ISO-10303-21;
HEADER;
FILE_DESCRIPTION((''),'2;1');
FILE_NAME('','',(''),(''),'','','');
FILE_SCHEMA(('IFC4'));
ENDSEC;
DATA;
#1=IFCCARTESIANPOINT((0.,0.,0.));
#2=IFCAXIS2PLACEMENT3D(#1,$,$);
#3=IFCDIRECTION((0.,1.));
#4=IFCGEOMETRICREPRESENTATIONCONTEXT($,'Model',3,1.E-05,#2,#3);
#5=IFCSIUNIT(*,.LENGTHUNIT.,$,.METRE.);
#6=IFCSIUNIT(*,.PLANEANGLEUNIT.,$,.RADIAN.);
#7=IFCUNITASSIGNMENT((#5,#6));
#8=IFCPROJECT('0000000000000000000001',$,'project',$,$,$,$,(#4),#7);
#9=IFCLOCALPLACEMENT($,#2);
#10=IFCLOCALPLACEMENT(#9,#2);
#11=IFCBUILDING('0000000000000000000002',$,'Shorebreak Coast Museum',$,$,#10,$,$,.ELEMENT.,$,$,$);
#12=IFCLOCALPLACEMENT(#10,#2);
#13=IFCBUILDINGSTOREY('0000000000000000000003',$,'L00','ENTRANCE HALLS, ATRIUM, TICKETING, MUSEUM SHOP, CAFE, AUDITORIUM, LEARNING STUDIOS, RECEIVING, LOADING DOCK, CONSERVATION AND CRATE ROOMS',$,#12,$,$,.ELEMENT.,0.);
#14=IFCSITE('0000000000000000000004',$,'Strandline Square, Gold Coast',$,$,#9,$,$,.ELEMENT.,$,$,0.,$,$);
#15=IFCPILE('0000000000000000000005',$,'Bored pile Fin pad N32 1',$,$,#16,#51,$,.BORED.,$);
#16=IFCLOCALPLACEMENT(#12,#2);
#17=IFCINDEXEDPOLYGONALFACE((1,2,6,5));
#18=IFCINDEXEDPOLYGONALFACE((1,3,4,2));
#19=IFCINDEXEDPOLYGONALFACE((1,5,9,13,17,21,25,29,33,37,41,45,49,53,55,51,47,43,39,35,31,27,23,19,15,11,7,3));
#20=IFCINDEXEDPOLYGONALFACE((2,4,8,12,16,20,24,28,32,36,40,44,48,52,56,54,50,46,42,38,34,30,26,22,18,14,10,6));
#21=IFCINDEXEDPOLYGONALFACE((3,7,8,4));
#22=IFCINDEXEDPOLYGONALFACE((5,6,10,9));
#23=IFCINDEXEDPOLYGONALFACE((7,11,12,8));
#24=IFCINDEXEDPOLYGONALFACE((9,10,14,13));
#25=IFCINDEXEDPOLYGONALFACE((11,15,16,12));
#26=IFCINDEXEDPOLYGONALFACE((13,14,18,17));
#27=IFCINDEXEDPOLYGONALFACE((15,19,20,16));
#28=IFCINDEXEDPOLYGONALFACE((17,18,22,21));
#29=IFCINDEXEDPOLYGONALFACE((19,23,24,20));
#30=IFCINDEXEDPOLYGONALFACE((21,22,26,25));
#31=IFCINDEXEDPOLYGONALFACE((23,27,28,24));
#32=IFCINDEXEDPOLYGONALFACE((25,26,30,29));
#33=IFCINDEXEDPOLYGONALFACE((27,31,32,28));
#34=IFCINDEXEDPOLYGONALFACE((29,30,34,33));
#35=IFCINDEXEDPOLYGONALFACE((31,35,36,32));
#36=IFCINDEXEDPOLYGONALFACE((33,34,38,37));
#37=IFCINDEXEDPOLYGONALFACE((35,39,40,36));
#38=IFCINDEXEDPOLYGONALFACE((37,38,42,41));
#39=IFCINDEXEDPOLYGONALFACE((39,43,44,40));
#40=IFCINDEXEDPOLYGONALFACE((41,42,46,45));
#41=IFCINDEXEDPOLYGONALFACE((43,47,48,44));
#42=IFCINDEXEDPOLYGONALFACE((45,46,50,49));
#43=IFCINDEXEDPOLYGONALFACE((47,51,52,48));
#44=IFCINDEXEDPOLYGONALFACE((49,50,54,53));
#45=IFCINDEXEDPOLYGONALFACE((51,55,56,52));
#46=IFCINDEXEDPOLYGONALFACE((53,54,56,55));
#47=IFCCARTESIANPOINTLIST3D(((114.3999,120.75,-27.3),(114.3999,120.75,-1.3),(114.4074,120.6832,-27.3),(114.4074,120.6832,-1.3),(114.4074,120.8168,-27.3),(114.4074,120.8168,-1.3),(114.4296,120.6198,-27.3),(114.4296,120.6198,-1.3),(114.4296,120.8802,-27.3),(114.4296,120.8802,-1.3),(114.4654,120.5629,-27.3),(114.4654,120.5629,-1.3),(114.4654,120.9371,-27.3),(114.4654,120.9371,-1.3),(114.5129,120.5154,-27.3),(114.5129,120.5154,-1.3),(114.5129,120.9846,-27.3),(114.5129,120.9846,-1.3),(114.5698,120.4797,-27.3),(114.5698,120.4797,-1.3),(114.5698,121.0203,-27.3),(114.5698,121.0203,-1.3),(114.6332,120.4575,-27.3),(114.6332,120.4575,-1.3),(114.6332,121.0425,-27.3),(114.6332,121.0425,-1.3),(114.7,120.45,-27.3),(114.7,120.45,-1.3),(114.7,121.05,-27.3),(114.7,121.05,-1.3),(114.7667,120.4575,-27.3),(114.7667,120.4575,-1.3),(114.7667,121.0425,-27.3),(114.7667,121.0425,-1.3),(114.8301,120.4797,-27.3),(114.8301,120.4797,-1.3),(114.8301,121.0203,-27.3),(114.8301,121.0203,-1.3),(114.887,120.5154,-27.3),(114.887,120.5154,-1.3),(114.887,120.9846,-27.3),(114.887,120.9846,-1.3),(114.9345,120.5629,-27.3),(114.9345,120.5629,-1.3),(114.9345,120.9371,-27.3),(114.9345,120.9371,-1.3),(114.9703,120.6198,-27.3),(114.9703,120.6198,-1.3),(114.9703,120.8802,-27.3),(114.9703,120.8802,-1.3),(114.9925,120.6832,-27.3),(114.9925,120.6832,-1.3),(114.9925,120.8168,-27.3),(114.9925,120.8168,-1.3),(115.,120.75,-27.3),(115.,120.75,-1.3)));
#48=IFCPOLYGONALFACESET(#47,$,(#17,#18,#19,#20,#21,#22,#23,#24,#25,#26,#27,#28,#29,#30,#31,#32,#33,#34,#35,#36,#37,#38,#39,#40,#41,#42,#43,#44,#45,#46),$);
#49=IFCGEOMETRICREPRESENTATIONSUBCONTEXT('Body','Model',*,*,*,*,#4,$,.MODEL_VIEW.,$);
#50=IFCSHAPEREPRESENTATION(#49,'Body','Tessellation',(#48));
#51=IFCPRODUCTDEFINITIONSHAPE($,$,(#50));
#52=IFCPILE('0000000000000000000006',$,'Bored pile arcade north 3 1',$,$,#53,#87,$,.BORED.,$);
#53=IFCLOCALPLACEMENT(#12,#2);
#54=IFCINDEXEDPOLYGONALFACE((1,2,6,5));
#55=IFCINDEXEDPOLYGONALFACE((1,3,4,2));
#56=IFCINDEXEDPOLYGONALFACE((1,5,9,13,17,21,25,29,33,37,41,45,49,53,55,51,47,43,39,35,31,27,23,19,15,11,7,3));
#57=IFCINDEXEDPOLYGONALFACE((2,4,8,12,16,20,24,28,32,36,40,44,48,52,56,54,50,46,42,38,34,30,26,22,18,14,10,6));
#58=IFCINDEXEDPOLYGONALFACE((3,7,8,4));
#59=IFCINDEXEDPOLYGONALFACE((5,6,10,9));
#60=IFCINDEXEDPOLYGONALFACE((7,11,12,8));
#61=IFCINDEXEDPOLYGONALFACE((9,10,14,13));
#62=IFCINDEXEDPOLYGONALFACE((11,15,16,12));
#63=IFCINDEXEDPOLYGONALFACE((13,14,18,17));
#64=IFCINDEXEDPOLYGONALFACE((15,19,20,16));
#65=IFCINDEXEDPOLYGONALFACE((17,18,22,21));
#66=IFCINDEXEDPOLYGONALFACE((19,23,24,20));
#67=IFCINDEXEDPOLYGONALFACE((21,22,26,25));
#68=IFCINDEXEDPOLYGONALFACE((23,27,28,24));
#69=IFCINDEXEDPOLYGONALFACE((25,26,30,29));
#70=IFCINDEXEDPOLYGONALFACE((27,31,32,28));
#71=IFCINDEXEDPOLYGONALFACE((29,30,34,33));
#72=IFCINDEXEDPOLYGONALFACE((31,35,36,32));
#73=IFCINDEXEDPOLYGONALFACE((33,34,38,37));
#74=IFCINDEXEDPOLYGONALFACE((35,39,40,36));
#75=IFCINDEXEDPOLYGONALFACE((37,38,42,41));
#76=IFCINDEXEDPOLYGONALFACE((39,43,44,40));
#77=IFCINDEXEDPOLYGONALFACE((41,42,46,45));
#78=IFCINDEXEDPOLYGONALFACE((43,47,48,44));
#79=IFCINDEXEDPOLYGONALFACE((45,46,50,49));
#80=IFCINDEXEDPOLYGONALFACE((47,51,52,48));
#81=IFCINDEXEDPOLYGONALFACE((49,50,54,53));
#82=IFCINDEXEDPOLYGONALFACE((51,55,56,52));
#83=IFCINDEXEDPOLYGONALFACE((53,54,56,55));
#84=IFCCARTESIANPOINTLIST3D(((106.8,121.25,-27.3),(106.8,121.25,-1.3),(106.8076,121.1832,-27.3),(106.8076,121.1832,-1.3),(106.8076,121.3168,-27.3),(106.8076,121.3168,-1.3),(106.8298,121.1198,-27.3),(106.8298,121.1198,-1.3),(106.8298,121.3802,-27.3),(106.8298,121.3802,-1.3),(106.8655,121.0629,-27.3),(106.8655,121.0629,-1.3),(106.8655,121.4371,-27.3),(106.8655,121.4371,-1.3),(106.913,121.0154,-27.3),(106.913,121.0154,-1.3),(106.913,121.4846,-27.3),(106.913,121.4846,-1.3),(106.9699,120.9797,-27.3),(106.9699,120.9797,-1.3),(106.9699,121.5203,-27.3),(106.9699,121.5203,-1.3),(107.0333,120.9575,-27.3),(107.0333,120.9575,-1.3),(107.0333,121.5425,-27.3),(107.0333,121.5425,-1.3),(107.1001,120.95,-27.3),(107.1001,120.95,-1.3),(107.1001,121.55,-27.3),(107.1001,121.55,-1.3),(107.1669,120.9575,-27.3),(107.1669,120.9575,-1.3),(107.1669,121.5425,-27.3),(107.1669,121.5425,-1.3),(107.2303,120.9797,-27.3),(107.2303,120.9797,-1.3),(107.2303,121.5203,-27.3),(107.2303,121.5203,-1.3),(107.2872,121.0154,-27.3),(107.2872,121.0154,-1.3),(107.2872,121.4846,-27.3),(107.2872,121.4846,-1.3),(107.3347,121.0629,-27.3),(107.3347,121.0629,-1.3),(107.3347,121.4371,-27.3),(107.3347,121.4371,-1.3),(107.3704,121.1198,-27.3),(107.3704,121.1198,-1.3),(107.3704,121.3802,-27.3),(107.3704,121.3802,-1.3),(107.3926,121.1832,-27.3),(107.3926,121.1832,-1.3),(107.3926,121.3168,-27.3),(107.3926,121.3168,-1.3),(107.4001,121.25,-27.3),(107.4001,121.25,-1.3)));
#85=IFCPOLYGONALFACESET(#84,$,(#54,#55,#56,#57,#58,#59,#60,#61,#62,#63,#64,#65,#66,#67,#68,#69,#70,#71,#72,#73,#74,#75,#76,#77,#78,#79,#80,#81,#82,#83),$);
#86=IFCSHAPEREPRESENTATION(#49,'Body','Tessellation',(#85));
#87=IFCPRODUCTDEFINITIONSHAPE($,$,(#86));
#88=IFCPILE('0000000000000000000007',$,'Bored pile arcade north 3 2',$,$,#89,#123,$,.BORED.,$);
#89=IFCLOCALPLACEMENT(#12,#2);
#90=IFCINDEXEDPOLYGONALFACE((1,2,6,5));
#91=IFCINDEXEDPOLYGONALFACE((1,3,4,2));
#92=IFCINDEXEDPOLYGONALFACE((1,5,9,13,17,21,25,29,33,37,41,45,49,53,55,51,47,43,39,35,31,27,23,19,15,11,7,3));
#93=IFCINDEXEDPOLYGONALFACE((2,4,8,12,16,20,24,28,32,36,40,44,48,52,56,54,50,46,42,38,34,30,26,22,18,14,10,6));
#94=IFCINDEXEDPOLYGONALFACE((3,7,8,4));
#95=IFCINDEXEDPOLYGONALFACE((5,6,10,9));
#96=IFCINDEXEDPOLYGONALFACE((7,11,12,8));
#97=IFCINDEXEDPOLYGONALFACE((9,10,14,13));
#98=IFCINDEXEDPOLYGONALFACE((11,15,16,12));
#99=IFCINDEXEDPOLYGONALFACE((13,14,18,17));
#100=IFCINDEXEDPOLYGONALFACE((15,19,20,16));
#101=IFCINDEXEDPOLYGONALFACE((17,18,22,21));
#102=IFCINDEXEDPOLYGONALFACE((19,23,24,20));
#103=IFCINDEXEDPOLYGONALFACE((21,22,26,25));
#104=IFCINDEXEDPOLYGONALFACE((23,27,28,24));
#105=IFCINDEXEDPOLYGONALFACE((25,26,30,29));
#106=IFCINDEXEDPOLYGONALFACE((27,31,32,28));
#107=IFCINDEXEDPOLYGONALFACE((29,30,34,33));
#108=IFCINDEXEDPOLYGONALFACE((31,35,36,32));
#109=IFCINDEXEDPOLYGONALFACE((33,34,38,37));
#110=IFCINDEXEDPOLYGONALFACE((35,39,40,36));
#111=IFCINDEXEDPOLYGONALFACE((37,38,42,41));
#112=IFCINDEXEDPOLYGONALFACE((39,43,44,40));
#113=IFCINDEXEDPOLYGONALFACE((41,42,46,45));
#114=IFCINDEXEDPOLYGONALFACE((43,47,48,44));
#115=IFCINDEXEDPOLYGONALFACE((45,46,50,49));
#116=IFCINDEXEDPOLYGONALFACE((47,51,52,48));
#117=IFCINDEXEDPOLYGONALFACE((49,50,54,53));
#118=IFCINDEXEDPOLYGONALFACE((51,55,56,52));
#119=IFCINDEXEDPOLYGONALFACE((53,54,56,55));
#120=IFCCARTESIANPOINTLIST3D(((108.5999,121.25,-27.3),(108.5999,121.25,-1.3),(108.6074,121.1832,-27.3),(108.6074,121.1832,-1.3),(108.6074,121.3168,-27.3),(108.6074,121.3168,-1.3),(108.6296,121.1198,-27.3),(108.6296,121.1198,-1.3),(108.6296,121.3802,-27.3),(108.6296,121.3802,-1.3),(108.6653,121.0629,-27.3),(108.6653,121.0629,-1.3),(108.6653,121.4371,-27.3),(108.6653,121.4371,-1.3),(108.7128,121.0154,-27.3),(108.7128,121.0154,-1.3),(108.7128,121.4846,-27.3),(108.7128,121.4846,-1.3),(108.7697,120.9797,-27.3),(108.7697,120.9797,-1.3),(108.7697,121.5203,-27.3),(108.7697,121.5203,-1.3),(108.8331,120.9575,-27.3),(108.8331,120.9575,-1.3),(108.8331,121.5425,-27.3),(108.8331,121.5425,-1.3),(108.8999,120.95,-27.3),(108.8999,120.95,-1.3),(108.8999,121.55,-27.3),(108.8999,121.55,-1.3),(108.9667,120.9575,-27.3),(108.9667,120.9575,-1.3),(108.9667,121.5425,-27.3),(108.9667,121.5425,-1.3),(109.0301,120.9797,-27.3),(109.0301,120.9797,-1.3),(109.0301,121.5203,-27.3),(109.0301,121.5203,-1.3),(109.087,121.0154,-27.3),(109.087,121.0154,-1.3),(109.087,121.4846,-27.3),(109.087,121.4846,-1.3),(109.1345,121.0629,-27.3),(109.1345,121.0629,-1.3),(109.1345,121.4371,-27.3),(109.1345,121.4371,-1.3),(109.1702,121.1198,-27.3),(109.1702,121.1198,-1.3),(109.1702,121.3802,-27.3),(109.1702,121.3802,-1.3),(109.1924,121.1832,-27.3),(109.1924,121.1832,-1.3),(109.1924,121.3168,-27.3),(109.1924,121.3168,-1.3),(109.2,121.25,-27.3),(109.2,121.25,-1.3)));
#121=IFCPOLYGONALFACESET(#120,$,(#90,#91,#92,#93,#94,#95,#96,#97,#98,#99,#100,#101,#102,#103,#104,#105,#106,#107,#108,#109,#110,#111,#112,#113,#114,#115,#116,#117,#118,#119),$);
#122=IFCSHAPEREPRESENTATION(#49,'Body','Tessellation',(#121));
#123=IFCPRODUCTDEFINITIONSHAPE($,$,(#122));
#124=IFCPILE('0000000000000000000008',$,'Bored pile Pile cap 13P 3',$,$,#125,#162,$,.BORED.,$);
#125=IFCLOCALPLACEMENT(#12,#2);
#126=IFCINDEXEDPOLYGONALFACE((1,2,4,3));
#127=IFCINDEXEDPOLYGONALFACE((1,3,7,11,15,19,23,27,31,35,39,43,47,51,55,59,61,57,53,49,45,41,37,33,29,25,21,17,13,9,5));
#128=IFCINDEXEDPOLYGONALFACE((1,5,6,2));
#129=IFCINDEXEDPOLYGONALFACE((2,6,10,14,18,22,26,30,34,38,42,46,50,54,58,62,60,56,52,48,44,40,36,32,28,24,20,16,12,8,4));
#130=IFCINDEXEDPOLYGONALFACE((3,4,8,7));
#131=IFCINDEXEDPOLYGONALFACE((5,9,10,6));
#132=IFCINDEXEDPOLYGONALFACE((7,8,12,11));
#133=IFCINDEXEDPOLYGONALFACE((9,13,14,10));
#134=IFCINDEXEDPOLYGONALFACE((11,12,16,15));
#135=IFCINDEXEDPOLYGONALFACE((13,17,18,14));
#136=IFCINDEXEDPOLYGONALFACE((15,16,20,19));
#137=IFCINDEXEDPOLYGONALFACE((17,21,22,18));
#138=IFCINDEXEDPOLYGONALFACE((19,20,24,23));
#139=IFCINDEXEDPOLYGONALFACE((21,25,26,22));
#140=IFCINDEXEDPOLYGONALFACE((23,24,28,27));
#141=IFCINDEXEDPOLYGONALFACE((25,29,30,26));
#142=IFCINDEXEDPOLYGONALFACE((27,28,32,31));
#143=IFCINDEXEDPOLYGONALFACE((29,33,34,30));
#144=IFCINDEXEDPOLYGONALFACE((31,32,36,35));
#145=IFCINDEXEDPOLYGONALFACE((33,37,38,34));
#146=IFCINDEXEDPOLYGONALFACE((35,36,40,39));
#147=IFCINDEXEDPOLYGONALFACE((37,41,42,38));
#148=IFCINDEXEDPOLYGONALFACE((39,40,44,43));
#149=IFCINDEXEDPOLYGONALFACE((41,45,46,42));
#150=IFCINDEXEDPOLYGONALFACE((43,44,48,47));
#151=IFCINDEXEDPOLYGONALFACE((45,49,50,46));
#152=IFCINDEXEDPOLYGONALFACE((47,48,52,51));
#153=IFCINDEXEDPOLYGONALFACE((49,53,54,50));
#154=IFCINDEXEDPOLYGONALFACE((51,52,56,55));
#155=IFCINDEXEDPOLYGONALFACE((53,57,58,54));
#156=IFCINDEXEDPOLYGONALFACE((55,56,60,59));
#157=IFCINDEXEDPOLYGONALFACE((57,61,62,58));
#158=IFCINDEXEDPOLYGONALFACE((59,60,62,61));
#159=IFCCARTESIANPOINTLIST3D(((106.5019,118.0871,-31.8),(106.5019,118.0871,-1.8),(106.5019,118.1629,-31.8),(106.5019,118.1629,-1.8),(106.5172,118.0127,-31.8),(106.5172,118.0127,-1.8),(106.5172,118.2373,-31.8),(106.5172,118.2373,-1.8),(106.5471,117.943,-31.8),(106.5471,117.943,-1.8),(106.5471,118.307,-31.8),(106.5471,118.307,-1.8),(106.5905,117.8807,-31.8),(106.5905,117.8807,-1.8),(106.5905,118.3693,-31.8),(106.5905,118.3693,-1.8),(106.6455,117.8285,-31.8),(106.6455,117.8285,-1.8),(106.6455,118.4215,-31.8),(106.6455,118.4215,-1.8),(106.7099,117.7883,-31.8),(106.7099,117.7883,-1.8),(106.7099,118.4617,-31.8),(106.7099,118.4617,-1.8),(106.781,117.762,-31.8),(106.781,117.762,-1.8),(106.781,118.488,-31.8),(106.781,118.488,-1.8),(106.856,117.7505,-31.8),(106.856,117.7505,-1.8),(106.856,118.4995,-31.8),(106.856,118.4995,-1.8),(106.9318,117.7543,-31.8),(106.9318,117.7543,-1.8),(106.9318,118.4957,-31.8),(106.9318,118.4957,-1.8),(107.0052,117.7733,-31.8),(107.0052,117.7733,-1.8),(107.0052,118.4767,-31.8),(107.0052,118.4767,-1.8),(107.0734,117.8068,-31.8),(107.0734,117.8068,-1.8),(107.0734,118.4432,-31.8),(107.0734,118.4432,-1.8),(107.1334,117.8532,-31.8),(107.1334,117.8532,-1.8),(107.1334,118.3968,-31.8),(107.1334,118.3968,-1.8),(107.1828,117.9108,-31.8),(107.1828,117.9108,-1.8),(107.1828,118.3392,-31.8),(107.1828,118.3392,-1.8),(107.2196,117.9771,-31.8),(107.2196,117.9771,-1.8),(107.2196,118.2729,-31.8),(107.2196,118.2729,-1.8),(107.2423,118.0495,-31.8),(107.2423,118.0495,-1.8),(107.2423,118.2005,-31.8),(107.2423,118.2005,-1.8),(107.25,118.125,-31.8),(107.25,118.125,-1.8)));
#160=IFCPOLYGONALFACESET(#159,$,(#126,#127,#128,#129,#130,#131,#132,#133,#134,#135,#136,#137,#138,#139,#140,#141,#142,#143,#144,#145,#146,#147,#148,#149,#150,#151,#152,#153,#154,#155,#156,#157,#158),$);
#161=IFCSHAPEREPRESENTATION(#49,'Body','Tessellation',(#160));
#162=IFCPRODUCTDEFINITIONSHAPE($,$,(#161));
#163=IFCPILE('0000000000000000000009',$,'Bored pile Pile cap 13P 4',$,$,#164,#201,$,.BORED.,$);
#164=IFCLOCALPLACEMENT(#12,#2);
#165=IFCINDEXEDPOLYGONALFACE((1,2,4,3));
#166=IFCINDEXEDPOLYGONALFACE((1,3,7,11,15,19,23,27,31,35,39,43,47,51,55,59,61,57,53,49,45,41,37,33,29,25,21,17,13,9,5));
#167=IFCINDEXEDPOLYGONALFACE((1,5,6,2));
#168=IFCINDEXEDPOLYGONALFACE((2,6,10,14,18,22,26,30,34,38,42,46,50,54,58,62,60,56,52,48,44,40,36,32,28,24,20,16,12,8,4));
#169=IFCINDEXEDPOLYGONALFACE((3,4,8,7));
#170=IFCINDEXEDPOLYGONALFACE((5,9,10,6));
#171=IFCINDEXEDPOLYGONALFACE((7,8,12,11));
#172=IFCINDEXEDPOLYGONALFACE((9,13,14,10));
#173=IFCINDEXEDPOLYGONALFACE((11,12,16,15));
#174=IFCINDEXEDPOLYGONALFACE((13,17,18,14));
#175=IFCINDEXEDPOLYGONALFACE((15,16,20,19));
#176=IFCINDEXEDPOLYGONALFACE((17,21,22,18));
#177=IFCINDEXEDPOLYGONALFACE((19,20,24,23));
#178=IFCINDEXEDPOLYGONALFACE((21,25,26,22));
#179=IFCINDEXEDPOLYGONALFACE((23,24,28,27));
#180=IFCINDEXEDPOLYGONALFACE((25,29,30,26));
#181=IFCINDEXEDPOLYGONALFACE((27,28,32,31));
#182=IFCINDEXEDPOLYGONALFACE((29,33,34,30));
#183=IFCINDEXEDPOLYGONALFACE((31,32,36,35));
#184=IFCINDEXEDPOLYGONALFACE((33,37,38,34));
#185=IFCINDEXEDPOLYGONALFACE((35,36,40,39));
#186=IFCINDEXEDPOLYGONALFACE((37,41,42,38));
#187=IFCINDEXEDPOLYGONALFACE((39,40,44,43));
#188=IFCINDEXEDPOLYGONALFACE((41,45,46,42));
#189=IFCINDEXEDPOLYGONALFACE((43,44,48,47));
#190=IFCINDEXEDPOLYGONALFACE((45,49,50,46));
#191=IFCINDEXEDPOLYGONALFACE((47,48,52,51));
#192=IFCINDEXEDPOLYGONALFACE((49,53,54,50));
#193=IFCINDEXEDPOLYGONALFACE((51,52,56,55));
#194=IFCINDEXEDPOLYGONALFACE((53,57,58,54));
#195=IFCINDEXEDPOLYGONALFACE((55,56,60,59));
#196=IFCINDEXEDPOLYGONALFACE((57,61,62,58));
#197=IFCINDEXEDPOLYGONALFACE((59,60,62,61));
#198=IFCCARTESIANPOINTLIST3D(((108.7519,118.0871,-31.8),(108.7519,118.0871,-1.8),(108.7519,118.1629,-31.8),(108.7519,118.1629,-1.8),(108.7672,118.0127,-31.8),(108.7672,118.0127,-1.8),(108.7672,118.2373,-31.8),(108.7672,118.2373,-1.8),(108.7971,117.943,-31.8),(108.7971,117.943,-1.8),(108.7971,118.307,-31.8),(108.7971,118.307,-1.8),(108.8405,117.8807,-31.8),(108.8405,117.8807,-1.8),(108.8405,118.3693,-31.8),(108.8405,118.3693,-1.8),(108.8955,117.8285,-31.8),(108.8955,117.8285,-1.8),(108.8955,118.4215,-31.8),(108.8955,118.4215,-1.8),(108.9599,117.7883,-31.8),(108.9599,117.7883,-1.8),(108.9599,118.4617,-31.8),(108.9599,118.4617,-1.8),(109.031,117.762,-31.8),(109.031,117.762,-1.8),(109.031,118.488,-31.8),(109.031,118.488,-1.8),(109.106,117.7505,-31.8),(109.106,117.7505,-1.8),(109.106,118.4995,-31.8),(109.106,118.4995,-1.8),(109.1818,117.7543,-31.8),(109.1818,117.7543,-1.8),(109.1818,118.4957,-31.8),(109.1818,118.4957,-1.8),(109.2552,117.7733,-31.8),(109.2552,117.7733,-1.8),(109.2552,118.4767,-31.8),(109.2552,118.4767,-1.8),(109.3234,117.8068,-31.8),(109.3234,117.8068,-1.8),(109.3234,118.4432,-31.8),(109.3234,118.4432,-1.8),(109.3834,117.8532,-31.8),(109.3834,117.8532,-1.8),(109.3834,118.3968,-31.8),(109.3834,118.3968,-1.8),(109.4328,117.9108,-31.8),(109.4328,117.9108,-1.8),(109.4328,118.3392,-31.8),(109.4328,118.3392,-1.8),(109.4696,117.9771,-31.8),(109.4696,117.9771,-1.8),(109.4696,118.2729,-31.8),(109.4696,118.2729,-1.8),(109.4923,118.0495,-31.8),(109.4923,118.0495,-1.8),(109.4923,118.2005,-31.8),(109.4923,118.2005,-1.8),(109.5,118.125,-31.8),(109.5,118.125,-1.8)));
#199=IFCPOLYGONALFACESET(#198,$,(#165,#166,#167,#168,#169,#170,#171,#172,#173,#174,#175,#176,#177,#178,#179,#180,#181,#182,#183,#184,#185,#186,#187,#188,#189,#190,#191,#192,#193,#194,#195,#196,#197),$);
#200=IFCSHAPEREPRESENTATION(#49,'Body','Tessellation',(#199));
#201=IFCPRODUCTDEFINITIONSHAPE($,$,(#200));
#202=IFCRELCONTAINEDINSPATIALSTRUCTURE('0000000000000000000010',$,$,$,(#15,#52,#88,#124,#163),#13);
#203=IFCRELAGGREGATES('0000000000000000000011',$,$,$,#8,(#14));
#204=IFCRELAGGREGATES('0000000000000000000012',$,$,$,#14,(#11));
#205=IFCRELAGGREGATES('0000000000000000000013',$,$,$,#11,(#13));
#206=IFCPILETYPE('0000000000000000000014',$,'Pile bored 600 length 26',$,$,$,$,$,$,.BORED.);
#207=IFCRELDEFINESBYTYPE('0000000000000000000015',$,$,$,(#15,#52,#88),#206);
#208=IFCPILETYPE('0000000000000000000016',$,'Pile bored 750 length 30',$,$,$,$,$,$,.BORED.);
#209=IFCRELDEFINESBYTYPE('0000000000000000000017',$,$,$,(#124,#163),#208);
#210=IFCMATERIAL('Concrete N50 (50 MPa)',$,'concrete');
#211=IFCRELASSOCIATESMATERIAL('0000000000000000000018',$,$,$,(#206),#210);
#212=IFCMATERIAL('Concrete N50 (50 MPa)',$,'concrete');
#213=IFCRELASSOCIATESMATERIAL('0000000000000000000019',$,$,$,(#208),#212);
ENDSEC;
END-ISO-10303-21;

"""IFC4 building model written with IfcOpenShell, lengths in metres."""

from ifc_helpers import new_model, si_unit, direction, frame, origin, origin_2d, place, context, subcontext, project, spatial, circle, extrude, material, material_profile, profile_set, type_object, element, save


model = new_model("IFC4")

# Units and contexts
model_context = context("Model", 3, precision=1e-05, world=origin(), true_north=direction((0.0, 1.0)))
body_context = subcontext(model_context, "Body", "Model", "MODEL_VIEW")
ifc_project = project(units=[si_unit("LENGTHUNIT", "METRE"), si_unit("PLANEANGLEUNIT", "RADIAN")], contexts=[model_context])

# Site, building, storey
site_placement = place(None, origin())
site = spatial("IfcSite", under=ifc_project, at=site_placement, Name="Strandline Square, Gold Coast", CompositionType="ELEMENT", RefElevation=0.0)
building_placement = place(site_placement, origin())
building = spatial("IfcBuilding", under=site, at=building_placement, Name="Shorebreak Coast Museum", CompositionType="ELEMENT")
storey_placement = place(building_placement, origin())
storey = spatial("IfcBuildingStorey", under=building, at=storey_placement, Name="L00", Description="ENTRANCE HALLS, ATRIUM, TICKETING, MUSEUM SHOP, CAFE, AUDITORIUM, LEARNING STUDIOS, RECEIVING, LOADING DOCK, CONSERVATION AND CRATE ROOMS", CompositionType="ELEMENT", Elevation=0.0)

# Piles
ifc_material_1 = material(Name="Concrete N50 (50 MPa)", Category="concrete")
ifc_material_profile_1 = material_profile(ifc_material_1, circle(Radius=0.3, at=origin_2d()), Name="Pile bored 600 length 26")
ifc_profile_set_1 = profile_set([ifc_material_profile_1], Name="Concrete N50 (50 MPa)")
pile_type_1 = type_object("IfcPileType", Name="Pile bored 600 length 26", PredefinedType="BORED", material=ifc_profile_set_1)
for number, where, z_axis, x_axis, name in (
    (1, (114.7, 120.75, -1.3), (0.0, 0.0, -1.0), (1.0, 0.0, 0.0), "Bored pile Fin pad N32 1"),
    (2, (107.1001, 121.25, -1.3), (0.0, 0.0, -1.0), (1.0, 0.0, 0.0), "Bored pile arcade north 3 1"),
    (3, (108.8999, 121.25, -1.3), (0.0, 0.0, -1.0), (1.0, 0.0, 0.0), "Bored pile arcade north 3 2"),
):
    element("IfcPile", number, at=place(storey_placement, frame(where, z_axis=z_axis, x_axis=x_axis)), inside=storey, type_object=pile_type_1, Name=name, PredefinedType="BORED", context=body_context, shape_type="SweptSolid", body=[
        extrude(circle(Radius=0.3, at=origin_2d()), origin(), (0.0, 0.0, 1.0), 26.0),
    ])
ifc_material_2 = material(Name="Concrete N50 (50 MPa)", Category="concrete")
ifc_material_profile_2 = material_profile(ifc_material_2, circle(Radius=0.375, at=origin_2d()), Name="Pile bored 750 length 30")
ifc_profile_set_2 = profile_set([ifc_material_profile_2], Name="Concrete N50 (50 MPa)")
pile_type_2 = type_object("IfcPileType", Name="Pile bored 750 length 30", PredefinedType="BORED", material=ifc_profile_set_2)
for number, where, z_axis, x_axis, name in (
    (4, (106.875, 118.125, -1.8), (0.0, 0.0, -1.0), (1.0, 0.0, 0.0), "Bored pile Pile cap 13P 3"),
    (5, (109.125, 118.125, -1.8), (0.0, 0.0, -1.0), (1.0, 0.0, 0.0), "Bored pile Pile cap 13P 4"),
):
    element("IfcPile", number, at=place(storey_placement, frame(where, z_axis=z_axis, x_axis=x_axis)), inside=storey, type_object=pile_type_2, Name=name, PredefinedType="BORED", context=body_context, shape_type="SweptSolid", body=[
        extrude(circle(Radius=0.375, at=origin_2d()), origin(), (0.0, 0.0, 1.0), 30.0),
    ])

save(model, "model.ifc")
